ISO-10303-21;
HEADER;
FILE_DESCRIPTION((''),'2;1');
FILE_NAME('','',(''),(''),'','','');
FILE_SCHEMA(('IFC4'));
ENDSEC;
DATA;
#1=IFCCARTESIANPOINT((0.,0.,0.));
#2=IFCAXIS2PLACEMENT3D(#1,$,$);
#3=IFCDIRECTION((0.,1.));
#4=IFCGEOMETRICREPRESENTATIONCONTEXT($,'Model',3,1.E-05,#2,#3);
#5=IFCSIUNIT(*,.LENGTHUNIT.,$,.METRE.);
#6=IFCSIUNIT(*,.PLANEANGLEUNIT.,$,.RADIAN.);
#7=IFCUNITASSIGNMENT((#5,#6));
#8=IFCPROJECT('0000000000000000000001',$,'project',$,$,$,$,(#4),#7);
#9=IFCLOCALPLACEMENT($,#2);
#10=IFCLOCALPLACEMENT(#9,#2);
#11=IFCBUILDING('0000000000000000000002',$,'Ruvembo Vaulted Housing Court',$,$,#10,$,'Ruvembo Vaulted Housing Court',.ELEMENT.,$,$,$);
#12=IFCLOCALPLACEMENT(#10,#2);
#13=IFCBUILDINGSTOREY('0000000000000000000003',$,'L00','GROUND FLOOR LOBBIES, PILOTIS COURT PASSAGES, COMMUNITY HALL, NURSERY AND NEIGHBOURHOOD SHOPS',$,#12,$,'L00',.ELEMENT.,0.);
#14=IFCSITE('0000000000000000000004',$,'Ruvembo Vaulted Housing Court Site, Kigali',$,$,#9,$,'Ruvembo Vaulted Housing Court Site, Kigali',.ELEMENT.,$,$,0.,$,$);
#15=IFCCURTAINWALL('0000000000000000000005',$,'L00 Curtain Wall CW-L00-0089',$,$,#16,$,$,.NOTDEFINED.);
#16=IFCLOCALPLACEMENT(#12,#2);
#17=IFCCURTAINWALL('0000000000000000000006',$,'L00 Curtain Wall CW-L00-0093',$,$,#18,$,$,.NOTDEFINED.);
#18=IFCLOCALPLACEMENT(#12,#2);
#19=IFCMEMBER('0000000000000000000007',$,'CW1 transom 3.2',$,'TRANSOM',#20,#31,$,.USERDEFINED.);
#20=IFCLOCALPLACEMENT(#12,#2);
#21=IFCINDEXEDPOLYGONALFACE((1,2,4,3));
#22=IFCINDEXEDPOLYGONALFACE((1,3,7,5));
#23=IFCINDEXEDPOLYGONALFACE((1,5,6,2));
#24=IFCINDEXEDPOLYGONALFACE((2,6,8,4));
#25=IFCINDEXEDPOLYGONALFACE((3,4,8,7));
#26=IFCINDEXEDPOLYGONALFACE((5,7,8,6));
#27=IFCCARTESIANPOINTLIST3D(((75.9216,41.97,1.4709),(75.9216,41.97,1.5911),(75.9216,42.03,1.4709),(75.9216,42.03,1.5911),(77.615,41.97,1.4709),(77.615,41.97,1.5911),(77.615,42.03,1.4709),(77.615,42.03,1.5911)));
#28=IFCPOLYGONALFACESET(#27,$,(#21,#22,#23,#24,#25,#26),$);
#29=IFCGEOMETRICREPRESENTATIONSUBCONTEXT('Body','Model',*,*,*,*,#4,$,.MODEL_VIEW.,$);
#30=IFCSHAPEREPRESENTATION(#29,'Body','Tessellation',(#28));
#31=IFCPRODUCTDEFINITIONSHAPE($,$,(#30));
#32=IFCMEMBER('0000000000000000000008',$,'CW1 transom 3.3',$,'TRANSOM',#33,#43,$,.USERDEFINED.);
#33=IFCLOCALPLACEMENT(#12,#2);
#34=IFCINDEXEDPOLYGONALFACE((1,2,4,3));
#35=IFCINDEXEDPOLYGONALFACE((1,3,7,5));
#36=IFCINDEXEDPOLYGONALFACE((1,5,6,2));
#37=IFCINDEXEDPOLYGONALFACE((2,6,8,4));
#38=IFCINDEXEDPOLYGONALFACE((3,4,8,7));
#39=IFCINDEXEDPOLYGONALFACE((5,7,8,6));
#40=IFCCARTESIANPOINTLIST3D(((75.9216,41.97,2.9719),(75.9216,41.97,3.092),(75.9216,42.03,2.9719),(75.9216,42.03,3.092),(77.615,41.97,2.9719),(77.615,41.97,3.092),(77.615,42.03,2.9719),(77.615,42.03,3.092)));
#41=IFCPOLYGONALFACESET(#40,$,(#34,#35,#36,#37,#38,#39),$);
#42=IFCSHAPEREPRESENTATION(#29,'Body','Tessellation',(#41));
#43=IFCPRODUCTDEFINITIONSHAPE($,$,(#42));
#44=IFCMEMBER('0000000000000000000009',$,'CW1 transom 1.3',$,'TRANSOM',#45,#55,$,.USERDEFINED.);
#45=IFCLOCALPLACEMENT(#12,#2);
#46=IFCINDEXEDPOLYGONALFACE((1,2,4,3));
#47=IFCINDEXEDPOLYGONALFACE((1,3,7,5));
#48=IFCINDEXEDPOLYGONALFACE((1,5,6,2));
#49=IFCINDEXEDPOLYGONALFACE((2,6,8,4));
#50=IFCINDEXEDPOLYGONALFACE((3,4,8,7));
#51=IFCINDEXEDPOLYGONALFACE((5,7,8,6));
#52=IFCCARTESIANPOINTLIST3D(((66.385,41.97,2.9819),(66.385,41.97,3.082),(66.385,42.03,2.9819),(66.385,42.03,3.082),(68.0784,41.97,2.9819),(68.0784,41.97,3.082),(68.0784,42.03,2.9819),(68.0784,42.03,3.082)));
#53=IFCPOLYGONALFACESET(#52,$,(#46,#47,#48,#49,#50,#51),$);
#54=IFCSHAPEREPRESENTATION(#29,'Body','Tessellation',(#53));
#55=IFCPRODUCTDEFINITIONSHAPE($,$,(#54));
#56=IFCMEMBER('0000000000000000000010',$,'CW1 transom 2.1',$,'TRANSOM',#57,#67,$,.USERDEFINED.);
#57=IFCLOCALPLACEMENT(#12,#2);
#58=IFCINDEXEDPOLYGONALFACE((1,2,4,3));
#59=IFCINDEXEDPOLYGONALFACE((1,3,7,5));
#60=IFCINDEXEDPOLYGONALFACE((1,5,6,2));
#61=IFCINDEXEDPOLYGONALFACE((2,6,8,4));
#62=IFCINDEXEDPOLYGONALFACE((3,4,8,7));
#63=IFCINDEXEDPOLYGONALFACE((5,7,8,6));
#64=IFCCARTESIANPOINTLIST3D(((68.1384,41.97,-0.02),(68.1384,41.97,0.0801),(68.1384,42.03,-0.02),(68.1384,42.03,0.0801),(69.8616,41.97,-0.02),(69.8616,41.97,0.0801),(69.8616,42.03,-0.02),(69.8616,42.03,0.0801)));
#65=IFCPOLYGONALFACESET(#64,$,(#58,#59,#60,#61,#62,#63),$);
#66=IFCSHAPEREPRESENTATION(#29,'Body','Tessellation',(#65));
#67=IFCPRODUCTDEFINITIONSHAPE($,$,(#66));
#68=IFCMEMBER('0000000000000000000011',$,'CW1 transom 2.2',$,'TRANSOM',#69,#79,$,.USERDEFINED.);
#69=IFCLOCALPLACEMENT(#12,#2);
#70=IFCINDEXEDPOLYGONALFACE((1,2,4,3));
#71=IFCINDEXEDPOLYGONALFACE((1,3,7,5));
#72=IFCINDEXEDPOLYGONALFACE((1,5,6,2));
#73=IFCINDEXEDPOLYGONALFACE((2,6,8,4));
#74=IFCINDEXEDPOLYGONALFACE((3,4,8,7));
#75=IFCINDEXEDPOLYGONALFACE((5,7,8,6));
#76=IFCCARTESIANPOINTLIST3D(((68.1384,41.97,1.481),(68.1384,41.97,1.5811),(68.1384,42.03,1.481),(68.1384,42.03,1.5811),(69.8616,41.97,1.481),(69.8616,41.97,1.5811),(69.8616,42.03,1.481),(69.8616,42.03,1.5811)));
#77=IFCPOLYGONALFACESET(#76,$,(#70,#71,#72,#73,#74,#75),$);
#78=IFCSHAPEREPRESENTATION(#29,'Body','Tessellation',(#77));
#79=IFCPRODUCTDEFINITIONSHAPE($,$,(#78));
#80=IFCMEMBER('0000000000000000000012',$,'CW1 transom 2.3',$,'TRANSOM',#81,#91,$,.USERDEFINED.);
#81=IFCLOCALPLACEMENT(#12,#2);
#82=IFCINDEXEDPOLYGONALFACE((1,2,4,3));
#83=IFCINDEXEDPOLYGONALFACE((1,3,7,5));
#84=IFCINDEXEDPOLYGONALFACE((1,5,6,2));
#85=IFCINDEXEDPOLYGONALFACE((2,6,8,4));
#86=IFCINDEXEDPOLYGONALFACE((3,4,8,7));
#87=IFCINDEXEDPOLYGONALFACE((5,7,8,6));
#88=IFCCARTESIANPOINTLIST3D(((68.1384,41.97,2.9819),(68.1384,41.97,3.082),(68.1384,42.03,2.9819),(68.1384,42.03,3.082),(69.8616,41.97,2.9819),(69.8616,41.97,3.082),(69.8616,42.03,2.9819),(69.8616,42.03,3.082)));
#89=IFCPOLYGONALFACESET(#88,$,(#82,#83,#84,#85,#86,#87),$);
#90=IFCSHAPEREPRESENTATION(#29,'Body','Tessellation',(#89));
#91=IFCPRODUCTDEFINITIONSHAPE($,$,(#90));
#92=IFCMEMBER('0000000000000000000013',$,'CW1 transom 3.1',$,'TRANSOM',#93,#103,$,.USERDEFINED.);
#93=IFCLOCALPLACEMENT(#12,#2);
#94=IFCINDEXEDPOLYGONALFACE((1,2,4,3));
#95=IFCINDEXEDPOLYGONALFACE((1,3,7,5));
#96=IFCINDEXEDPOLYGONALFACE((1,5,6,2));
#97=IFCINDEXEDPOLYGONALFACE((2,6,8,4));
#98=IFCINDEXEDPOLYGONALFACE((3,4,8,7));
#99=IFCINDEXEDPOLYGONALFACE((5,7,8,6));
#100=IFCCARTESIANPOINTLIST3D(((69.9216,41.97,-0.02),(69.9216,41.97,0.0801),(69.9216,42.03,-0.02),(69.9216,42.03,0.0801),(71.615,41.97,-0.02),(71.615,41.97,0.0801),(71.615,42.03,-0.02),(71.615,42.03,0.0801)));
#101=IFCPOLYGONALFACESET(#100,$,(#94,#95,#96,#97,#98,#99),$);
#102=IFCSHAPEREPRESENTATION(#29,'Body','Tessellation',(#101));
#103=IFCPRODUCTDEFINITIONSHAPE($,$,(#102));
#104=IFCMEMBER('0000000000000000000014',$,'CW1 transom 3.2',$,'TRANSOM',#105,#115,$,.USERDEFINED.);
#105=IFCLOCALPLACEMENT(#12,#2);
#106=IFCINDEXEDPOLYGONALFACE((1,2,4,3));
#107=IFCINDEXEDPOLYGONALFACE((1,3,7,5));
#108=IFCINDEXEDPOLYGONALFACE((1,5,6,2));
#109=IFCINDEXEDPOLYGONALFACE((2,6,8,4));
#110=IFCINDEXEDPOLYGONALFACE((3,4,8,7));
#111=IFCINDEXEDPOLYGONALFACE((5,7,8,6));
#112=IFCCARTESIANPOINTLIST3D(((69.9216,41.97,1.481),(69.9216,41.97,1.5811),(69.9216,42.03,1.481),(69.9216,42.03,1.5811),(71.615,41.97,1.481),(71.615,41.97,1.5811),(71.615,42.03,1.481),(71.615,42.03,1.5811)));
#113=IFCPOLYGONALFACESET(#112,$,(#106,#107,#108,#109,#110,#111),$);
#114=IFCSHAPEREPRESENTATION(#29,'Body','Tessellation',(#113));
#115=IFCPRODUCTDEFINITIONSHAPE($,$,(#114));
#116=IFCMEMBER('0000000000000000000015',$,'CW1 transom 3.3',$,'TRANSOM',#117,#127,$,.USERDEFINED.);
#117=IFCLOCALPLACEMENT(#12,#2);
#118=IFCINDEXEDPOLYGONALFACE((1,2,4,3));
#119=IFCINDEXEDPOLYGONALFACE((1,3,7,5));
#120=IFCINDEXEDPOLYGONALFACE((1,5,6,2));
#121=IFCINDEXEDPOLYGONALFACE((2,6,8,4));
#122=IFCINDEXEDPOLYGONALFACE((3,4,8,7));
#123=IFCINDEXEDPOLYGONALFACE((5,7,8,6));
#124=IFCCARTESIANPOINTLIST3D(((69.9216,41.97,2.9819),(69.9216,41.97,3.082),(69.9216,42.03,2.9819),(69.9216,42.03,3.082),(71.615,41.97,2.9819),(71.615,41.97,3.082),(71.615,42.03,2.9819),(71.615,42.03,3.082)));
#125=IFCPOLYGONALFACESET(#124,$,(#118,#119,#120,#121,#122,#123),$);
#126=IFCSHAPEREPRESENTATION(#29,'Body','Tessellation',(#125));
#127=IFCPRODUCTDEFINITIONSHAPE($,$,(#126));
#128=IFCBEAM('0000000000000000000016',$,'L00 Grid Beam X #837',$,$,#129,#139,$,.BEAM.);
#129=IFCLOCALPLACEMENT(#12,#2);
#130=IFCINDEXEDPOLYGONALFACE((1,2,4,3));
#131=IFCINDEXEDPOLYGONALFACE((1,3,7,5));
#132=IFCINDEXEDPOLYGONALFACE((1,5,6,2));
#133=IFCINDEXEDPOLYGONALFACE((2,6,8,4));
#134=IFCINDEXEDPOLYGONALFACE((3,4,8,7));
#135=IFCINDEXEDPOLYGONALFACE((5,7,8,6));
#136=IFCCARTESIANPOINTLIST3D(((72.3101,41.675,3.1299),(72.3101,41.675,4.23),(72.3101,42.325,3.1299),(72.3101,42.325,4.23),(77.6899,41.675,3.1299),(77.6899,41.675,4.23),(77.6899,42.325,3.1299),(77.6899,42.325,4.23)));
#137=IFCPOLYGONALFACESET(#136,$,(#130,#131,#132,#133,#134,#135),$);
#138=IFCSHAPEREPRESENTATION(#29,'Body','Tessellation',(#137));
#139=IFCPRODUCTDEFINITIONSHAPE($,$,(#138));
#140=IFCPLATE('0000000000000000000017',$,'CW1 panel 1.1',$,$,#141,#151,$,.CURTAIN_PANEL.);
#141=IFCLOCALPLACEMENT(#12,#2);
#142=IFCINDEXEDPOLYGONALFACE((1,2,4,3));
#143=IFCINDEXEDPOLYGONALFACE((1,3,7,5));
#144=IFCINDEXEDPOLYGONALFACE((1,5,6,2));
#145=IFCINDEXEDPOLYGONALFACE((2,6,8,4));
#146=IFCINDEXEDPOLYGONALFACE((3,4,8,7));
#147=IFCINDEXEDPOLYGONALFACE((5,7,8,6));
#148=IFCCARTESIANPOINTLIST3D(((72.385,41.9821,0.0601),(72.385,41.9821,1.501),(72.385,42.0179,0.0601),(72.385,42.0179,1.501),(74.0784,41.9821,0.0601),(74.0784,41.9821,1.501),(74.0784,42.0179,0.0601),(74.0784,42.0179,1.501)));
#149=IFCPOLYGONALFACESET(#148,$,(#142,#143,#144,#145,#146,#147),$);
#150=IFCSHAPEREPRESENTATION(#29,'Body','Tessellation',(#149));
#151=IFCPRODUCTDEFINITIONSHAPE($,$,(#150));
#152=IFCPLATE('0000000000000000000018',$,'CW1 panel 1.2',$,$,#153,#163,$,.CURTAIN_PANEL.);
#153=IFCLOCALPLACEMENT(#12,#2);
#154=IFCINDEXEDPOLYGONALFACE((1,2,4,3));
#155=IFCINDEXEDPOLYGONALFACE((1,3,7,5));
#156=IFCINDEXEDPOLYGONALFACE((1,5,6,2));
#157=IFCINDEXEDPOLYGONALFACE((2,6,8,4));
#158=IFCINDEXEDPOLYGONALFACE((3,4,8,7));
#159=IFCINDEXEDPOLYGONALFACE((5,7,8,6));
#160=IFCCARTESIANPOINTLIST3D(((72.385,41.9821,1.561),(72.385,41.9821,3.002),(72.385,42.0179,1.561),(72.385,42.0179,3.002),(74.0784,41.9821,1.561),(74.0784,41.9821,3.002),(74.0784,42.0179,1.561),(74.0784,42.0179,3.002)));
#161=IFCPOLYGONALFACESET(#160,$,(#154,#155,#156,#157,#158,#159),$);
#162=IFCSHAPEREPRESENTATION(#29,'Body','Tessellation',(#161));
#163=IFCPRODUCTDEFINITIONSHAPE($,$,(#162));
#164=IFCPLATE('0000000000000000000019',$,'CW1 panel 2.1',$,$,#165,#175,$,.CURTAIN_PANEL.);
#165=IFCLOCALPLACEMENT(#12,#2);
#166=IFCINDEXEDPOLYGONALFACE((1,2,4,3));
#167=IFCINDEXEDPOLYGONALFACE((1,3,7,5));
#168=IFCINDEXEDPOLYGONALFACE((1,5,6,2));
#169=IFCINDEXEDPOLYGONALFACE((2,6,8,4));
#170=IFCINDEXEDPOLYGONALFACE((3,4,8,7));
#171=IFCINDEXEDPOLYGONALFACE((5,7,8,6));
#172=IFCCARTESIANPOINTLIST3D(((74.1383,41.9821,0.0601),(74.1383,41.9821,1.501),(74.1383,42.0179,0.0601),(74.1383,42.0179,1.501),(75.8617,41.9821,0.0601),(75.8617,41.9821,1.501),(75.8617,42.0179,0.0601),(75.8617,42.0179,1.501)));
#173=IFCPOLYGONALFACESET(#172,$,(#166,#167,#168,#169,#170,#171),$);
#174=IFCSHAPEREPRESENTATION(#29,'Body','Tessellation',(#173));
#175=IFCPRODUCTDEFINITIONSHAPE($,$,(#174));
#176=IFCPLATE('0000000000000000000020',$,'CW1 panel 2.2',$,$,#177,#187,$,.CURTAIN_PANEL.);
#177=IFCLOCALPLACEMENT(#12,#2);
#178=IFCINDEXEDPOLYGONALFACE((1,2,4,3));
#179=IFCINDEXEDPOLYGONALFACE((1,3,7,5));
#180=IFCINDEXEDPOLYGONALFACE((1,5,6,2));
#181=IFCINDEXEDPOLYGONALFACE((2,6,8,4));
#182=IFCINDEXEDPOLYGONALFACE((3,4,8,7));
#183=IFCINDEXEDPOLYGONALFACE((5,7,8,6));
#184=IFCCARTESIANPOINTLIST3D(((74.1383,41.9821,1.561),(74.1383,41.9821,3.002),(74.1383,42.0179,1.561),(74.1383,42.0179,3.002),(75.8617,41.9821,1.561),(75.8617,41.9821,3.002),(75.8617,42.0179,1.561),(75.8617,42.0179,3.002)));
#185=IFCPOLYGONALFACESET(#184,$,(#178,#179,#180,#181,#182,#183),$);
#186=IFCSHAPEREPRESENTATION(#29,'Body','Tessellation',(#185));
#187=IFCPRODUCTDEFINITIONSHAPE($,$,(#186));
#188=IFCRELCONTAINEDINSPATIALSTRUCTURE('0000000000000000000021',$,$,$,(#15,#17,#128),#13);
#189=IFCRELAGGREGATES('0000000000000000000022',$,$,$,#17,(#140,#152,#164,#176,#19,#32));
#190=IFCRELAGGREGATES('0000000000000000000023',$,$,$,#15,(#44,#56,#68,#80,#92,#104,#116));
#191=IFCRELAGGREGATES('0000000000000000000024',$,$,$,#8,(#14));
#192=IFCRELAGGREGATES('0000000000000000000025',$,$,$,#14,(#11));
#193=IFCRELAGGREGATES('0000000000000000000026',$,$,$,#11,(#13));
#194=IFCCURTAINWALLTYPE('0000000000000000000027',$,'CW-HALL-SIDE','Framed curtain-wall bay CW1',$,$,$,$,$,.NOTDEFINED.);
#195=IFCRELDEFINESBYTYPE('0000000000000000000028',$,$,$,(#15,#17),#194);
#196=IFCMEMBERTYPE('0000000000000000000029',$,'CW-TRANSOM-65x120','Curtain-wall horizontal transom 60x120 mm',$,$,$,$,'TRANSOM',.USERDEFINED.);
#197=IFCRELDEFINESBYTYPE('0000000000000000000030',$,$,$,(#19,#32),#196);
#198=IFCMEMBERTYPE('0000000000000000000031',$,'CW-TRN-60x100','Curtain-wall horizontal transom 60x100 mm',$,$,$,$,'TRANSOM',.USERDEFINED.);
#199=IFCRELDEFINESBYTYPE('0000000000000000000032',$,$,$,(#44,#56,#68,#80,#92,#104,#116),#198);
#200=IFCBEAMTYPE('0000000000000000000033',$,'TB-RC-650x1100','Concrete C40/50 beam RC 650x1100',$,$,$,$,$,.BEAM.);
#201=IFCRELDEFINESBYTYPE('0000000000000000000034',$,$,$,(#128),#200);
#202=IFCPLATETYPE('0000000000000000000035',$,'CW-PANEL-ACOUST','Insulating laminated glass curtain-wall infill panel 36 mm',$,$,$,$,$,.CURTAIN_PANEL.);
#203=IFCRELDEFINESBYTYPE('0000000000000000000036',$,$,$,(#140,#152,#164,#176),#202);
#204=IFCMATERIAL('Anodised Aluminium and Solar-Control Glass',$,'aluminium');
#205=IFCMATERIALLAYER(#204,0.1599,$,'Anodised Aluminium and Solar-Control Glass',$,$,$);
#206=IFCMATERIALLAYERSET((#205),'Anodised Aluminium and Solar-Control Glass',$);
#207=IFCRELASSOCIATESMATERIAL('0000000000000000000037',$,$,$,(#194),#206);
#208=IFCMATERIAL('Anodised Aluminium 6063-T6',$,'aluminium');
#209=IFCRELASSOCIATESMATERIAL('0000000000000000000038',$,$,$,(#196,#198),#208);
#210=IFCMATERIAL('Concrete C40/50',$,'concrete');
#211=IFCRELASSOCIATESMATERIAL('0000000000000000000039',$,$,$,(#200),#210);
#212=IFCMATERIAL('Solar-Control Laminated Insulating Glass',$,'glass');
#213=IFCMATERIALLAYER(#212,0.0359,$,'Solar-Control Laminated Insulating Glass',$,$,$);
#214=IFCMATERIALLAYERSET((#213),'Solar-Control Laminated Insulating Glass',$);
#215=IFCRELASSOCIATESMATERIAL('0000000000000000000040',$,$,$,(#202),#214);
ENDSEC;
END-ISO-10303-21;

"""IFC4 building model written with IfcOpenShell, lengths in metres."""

from ifc_helpers import new_model, si_unit, direction, frame, origin, origin_2d, place, context, subcontext, project, spatial, rectangle, extrude, material, layer, layer_set, material_profile, profile_set, type_object, element, aggregate, save


model = new_model("IFC4")

# Units and contexts
model_context = context("Model", 3, precision=1e-05, world=origin(), true_north=direction((0.0, 1.0)))
body_context = subcontext(model_context, "Body", "Model", "MODEL_VIEW")
ifc_project = project(units=[si_unit("LENGTHUNIT", "METRE"), si_unit("PLANEANGLEUNIT", "RADIAN")], contexts=[model_context])

# Site, building, storey
site_placement = place(None, origin())
site = spatial("IfcSite", under=ifc_project, at=site_placement, Name="Ruvembo Vaulted Housing Court Site, Kigali", LongName="Ruvembo Vaulted Housing Court Site, Kigali", CompositionType="ELEMENT", RefElevation=0.0)
building_placement = place(site_placement, origin())
building = spatial("IfcBuilding", under=site, at=building_placement, Name="Ruvembo Vaulted Housing Court", LongName="Ruvembo Vaulted Housing Court", CompositionType="ELEMENT")
storey_placement = place(building_placement, origin())
storey = spatial("IfcBuildingStorey", under=building, at=storey_placement, Name="L00", Description="GROUND FLOOR LOBBIES, PILOTIS COURT PASSAGES, COMMUNITY HALL, NURSERY AND NEIGHBOURHOOD SHOPS", LongName="L00", CompositionType="ELEMENT", Elevation=0.0)

# Shared definitions
ifc_material_1 = material(Name="Concrete C40/50", Category="concrete")

# Curtain walls, members
ifc_material_2 = material(Name="Anodised Aluminium and Solar-Control Glass", Category="aluminium")
ifc_layer_1 = layer(ifc_material_2, 0.1599, Name="Anodised Aluminium and Solar-Control Glass")
ifc_layer_set_1 = layer_set([ifc_layer_1], Name="Anodised Aluminium and Solar-Control Glass")
curtain_wall_type = type_object("IfcCurtainWallType", Name="CW-HALL-SIDE", Description="Framed curtain-wall bay CW1", PredefinedType="NOTDEFINED", material=ifc_layer_set_1)
curtain_wall_1_placement = place(storey_placement, origin())
curtain_wall_1 = element("IfcCurtainWall", 1, at=curtain_wall_1_placement, inside=storey, type_object=curtain_wall_type, Name="L00 Curtain Wall CW-L00-0089", PredefinedType="NOTDEFINED")
ifc_material_3 = material(Name="Anodised Aluminium 6063-T6", Category="aluminium")
curtain_wall_2_placement = place(storey_placement, origin())
curtain_wall_2 = element("IfcCurtainWall", 2, at=curtain_wall_2_placement, inside=storey, type_object=curtain_wall_type, Name="L00 Curtain Wall CW-L00-0093", PredefinedType="NOTDEFINED")
ifc_material_profile_1 = material_profile(ifc_material_3, rectangle(XDim=0.0601, YDim=0.1201, at=origin_2d()), Name="ALU 60x120")
ifc_profile_set_1 = profile_set([ifc_material_profile_1], Name="Anodised Aluminium 6063-T6")
member_type_1 = type_object("IfcMemberType", Name="CW-TRANSOM-65x120", Description="Curtain-wall horizontal transom 60x120 mm", ElementType="TRANSOM", PredefinedType="USERDEFINED", material=ifc_profile_set_1)
member_1_placement = place(storey_placement, frame((75.9216, 42.0, 1.531), z_axis=(1.0, 0.0, 0.0), x_axis=(0.0, 1.0, 0.0)))
member_1 = element("IfcMember", 3, at=member_1_placement, type_object=member_type_1, Name="CW1 transom 3.2", ObjectType="TRANSOM", PredefinedType="USERDEFINED", context=body_context, shape_type="SweptSolid", body=[
    extrude(rectangle(XDim=0.0601, YDim=0.1201, at=origin_2d()), origin(), (0.0, 0.0, 1.0), 1.6934),
])
member_2_placement = place(storey_placement, frame((75.9216, 42.0, 3.032), z_axis=(1.0, 0.0, 0.0), x_axis=(0.0, 1.0, 0.0)))
member_2 = element("IfcMember", 4, at=member_2_placement, type_object=member_type_1, Name="CW1 transom 3.3", ObjectType="TRANSOM", PredefinedType="USERDEFINED", context=body_context, shape_type="SweptSolid", body=[
    extrude(rectangle(XDim=0.0601, YDim=0.1201, at=origin_2d()), origin(), (0.0, 0.0, 1.0), 1.6934),
])

# Members
ifc_material_profile_2 = material_profile(ifc_material_3, rectangle(XDim=0.0601, YDim=0.1001, at=origin_2d()), Name="ALU 60x100")
ifc_profile_set_2 = profile_set([ifc_material_profile_2], Name="Anodised Aluminium 6063-T6")
member_type_2 = type_object("IfcMemberType", Name="CW-TRN-60x100", Description="Curtain-wall horizontal transom 60x100 mm", ElementType="TRANSOM", PredefinedType="USERDEFINED", material=ifc_profile_set_2)
member_3_placement = place(storey_placement, frame((66.385, 42.0, 3.032), z_axis=(1.0, 0.0, 0.0), x_axis=(0.0, 1.0, 0.0)))
member_3 = element("IfcMember", 5, at=member_3_placement, type_object=member_type_2, Name="CW1 transom 1.3", ObjectType="TRANSOM", PredefinedType="USERDEFINED", context=body_context, shape_type="SweptSolid", body=[
    extrude(rectangle(XDim=0.0601, YDim=0.1001, at=origin_2d()), origin(), (0.0, 0.0, 1.0), 1.6934),
])
member_4_placement = place(storey_placement, frame((68.1384, 42.0, 0.03), z_axis=(1.0, 0.0, 0.0), x_axis=(0.0, 1.0, 0.0)))
member_4 = element("IfcMember", 6, at=member_4_placement, type_object=member_type_2, Name="CW1 transom 2.1", ObjectType="TRANSOM", PredefinedType="USERDEFINED", context=body_context, shape_type="SweptSolid", body=[
    extrude(rectangle(XDim=0.0601, YDim=0.1001, at=origin_2d()), origin(), (0.0, 0.0, 1.0), 1.7231),
])
member_5_placement = place(storey_placement, frame((68.1384, 42.0, 1.531), z_axis=(1.0, 0.0, 0.0), x_axis=(0.0, 1.0, 0.0)))
member_5 = element("IfcMember", 7, at=member_5_placement, type_object=member_type_2, Name="CW1 transom 2.2", ObjectType="TRANSOM", PredefinedType="USERDEFINED", context=body_context, shape_type="SweptSolid", body=[
    extrude(rectangle(XDim=0.0601, YDim=0.1001, at=origin_2d()), origin(), (0.0, 0.0, 1.0), 1.7231),
])
member_6_placement = place(storey_placement, frame((68.1384, 42.0, 3.032), z_axis=(1.0, 0.0, 0.0), x_axis=(0.0, 1.0, 0.0)))
member_6 = element("IfcMember", 8, at=member_6_placement, type_object=member_type_2, Name="CW1 transom 2.3", ObjectType="TRANSOM", PredefinedType="USERDEFINED", context=body_context, shape_type="SweptSolid", body=[
    extrude(rectangle(XDim=0.0601, YDim=0.1001, at=origin_2d()), origin(), (0.0, 0.0, 1.0), 1.7231),
])
member_7_placement = place(storey_placement, frame((69.9216, 42.0, 0.03), z_axis=(1.0, 0.0, 0.0), x_axis=(0.0, 1.0, 0.0)))
member_7 = element("IfcMember", 9, at=member_7_placement, type_object=member_type_2, Name="CW1 transom 3.1", ObjectType="TRANSOM", PredefinedType="USERDEFINED", context=body_context, shape_type="SweptSolid", body=[
    extrude(rectangle(XDim=0.0601, YDim=0.1001, at=origin_2d()), origin(), (0.0, 0.0, 1.0), 1.6934),
])
member_8_placement = place(storey_placement, frame((69.9216, 42.0, 1.531), z_axis=(1.0, 0.0, 0.0), x_axis=(0.0, 1.0, 0.0)))
member_8 = element("IfcMember", 10, at=member_8_placement, type_object=member_type_2, Name="CW1 transom 3.2", ObjectType="TRANSOM", PredefinedType="USERDEFINED", context=body_context, shape_type="SweptSolid", body=[
    extrude(rectangle(XDim=0.0601, YDim=0.1001, at=origin_2d()), origin(), (0.0, 0.0, 1.0), 1.6934),
])
member_9_placement = place(storey_placement, frame((69.9216, 42.0, 3.032), z_axis=(1.0, 0.0, 0.0), x_axis=(0.0, 1.0, 0.0)))
member_9 = element("IfcMember", 11, at=member_9_placement, type_object=member_type_2, Name="CW1 transom 3.3", ObjectType="TRANSOM", PredefinedType="USERDEFINED", context=body_context, shape_type="SweptSolid", body=[
    extrude(rectangle(XDim=0.0601, YDim=0.1001, at=origin_2d()), origin(), (0.0, 0.0, 1.0), 1.6934),
])

# Beam
ifc_material_profile_3 = material_profile(ifc_material_1, rectangle(XDim=0.6499, YDim=1.1001, at=origin_2d()), Name="RC 650x1100")
ifc_profile_set_3 = profile_set([ifc_material_profile_3], Name="Concrete C40/50")
beam_type = type_object("IfcBeamType", Name="TB-RC-650x1100", Description="Concrete C40/50 beam RC 650x1100", PredefinedType="BEAM", material=ifc_profile_set_3)
beam_placement = place(storey_placement, frame((72.3101, 42.0, 3.6799), z_axis=(1.0, 0.0, 0.0), x_axis=(0.0, 1.0, 0.0)))
element("IfcBeam", 12, at=beam_placement, inside=storey, type_object=beam_type, Name="L00 Grid Beam X #837", PredefinedType="BEAM", context=body_context, shape_type="SweptSolid", body=[
    extrude(rectangle(XDim=0.6499, YDim=1.1001, at=origin_2d()), origin(), (0.0, 0.0, 1.0), 5.3799),
])

# Plates
ifc_material_4 = material(Name="Solar-Control Laminated Insulating Glass", Category="glass")
ifc_layer_2 = layer(ifc_material_4, 0.0359, Name="Solar-Control Laminated Insulating Glass")
ifc_layer_set_2 = layer_set([ifc_layer_2], Name="Solar-Control Laminated Insulating Glass")
plate_type_1 = type_object("IfcPlateType", Name="CW-PANEL-ACOUST", Description="Insulating laminated glass curtain-wall infill panel 36 mm", PredefinedType="CURTAIN_PANEL", material=ifc_layer_set_2)
plate_1_placement = place(storey_placement, frame((73.2317, 42.0, 0.0601), z_axis=(0.0, 0.0, 1.0), x_axis=(1.0, 0.0, 0.0)))
plate_1 = element("IfcPlate", 13, at=plate_1_placement, type_object=plate_type_1, Name="CW1 panel 1.1", PredefinedType="CURTAIN_PANEL", context=body_context, shape_type="SweptSolid", body=[
    extrude(rectangle(XDim=1.6934, YDim=0.0359, at=origin_2d()), origin(), (0.0, 0.0, 1.0), 1.4409),
])
plate_2_placement = place(storey_placement, frame((73.2317, 42.0, 1.561), z_axis=(0.0, 0.0, 1.0), x_axis=(1.0, 0.0, 0.0)))
plate_2 = element("IfcPlate", 14, at=plate_2_placement, type_object=plate_type_1, Name="CW1 panel 1.2", PredefinedType="CURTAIN_PANEL", context=body_context, shape_type="SweptSolid", body=[
    extrude(rectangle(XDim=1.6934, YDim=0.0359, at=origin_2d()), origin(), (0.0, 0.0, 1.0), 1.4409),
])
plate_3_placement = place(storey_placement, frame((75.0, 42.0, 0.0601), z_axis=(0.0, 0.0, 1.0), x_axis=(1.0, 0.0, 0.0)))
plate_3 = element("IfcPlate", 15, at=plate_3_placement, type_object=plate_type_1, Name="CW1 panel 2.1", PredefinedType="CURTAIN_PANEL", context=body_context, shape_type="SweptSolid", body=[
    extrude(rectangle(XDim=1.7234, YDim=0.0359, at=origin_2d()), origin(), (0.0, 0.0, 1.0), 1.4409),
])
plate_4_placement = place(storey_placement, frame((75.0, 42.0, 1.561), z_axis=(0.0, 0.0, 1.0), x_axis=(1.0, 0.0, 0.0)))
plate_4 = element("IfcPlate", 16, at=plate_4_placement, type_object=plate_type_1, Name="CW1 panel 2.2", PredefinedType="CURTAIN_PANEL", context=body_context, shape_type="SweptSolid", body=[
    extrude(rectangle(XDim=1.7234, YDim=0.0359, at=origin_2d()), origin(), (0.0, 0.0, 1.0), 1.4409),
])
aggregate(curtain_wall_2, [plate_1, plate_2, plate_3, plate_4, member_1, member_2])
aggregate(curtain_wall_1, [member_3, member_4, member_5, member_6, member_7, member_8, member_9])

save(model, "model.ifc")
